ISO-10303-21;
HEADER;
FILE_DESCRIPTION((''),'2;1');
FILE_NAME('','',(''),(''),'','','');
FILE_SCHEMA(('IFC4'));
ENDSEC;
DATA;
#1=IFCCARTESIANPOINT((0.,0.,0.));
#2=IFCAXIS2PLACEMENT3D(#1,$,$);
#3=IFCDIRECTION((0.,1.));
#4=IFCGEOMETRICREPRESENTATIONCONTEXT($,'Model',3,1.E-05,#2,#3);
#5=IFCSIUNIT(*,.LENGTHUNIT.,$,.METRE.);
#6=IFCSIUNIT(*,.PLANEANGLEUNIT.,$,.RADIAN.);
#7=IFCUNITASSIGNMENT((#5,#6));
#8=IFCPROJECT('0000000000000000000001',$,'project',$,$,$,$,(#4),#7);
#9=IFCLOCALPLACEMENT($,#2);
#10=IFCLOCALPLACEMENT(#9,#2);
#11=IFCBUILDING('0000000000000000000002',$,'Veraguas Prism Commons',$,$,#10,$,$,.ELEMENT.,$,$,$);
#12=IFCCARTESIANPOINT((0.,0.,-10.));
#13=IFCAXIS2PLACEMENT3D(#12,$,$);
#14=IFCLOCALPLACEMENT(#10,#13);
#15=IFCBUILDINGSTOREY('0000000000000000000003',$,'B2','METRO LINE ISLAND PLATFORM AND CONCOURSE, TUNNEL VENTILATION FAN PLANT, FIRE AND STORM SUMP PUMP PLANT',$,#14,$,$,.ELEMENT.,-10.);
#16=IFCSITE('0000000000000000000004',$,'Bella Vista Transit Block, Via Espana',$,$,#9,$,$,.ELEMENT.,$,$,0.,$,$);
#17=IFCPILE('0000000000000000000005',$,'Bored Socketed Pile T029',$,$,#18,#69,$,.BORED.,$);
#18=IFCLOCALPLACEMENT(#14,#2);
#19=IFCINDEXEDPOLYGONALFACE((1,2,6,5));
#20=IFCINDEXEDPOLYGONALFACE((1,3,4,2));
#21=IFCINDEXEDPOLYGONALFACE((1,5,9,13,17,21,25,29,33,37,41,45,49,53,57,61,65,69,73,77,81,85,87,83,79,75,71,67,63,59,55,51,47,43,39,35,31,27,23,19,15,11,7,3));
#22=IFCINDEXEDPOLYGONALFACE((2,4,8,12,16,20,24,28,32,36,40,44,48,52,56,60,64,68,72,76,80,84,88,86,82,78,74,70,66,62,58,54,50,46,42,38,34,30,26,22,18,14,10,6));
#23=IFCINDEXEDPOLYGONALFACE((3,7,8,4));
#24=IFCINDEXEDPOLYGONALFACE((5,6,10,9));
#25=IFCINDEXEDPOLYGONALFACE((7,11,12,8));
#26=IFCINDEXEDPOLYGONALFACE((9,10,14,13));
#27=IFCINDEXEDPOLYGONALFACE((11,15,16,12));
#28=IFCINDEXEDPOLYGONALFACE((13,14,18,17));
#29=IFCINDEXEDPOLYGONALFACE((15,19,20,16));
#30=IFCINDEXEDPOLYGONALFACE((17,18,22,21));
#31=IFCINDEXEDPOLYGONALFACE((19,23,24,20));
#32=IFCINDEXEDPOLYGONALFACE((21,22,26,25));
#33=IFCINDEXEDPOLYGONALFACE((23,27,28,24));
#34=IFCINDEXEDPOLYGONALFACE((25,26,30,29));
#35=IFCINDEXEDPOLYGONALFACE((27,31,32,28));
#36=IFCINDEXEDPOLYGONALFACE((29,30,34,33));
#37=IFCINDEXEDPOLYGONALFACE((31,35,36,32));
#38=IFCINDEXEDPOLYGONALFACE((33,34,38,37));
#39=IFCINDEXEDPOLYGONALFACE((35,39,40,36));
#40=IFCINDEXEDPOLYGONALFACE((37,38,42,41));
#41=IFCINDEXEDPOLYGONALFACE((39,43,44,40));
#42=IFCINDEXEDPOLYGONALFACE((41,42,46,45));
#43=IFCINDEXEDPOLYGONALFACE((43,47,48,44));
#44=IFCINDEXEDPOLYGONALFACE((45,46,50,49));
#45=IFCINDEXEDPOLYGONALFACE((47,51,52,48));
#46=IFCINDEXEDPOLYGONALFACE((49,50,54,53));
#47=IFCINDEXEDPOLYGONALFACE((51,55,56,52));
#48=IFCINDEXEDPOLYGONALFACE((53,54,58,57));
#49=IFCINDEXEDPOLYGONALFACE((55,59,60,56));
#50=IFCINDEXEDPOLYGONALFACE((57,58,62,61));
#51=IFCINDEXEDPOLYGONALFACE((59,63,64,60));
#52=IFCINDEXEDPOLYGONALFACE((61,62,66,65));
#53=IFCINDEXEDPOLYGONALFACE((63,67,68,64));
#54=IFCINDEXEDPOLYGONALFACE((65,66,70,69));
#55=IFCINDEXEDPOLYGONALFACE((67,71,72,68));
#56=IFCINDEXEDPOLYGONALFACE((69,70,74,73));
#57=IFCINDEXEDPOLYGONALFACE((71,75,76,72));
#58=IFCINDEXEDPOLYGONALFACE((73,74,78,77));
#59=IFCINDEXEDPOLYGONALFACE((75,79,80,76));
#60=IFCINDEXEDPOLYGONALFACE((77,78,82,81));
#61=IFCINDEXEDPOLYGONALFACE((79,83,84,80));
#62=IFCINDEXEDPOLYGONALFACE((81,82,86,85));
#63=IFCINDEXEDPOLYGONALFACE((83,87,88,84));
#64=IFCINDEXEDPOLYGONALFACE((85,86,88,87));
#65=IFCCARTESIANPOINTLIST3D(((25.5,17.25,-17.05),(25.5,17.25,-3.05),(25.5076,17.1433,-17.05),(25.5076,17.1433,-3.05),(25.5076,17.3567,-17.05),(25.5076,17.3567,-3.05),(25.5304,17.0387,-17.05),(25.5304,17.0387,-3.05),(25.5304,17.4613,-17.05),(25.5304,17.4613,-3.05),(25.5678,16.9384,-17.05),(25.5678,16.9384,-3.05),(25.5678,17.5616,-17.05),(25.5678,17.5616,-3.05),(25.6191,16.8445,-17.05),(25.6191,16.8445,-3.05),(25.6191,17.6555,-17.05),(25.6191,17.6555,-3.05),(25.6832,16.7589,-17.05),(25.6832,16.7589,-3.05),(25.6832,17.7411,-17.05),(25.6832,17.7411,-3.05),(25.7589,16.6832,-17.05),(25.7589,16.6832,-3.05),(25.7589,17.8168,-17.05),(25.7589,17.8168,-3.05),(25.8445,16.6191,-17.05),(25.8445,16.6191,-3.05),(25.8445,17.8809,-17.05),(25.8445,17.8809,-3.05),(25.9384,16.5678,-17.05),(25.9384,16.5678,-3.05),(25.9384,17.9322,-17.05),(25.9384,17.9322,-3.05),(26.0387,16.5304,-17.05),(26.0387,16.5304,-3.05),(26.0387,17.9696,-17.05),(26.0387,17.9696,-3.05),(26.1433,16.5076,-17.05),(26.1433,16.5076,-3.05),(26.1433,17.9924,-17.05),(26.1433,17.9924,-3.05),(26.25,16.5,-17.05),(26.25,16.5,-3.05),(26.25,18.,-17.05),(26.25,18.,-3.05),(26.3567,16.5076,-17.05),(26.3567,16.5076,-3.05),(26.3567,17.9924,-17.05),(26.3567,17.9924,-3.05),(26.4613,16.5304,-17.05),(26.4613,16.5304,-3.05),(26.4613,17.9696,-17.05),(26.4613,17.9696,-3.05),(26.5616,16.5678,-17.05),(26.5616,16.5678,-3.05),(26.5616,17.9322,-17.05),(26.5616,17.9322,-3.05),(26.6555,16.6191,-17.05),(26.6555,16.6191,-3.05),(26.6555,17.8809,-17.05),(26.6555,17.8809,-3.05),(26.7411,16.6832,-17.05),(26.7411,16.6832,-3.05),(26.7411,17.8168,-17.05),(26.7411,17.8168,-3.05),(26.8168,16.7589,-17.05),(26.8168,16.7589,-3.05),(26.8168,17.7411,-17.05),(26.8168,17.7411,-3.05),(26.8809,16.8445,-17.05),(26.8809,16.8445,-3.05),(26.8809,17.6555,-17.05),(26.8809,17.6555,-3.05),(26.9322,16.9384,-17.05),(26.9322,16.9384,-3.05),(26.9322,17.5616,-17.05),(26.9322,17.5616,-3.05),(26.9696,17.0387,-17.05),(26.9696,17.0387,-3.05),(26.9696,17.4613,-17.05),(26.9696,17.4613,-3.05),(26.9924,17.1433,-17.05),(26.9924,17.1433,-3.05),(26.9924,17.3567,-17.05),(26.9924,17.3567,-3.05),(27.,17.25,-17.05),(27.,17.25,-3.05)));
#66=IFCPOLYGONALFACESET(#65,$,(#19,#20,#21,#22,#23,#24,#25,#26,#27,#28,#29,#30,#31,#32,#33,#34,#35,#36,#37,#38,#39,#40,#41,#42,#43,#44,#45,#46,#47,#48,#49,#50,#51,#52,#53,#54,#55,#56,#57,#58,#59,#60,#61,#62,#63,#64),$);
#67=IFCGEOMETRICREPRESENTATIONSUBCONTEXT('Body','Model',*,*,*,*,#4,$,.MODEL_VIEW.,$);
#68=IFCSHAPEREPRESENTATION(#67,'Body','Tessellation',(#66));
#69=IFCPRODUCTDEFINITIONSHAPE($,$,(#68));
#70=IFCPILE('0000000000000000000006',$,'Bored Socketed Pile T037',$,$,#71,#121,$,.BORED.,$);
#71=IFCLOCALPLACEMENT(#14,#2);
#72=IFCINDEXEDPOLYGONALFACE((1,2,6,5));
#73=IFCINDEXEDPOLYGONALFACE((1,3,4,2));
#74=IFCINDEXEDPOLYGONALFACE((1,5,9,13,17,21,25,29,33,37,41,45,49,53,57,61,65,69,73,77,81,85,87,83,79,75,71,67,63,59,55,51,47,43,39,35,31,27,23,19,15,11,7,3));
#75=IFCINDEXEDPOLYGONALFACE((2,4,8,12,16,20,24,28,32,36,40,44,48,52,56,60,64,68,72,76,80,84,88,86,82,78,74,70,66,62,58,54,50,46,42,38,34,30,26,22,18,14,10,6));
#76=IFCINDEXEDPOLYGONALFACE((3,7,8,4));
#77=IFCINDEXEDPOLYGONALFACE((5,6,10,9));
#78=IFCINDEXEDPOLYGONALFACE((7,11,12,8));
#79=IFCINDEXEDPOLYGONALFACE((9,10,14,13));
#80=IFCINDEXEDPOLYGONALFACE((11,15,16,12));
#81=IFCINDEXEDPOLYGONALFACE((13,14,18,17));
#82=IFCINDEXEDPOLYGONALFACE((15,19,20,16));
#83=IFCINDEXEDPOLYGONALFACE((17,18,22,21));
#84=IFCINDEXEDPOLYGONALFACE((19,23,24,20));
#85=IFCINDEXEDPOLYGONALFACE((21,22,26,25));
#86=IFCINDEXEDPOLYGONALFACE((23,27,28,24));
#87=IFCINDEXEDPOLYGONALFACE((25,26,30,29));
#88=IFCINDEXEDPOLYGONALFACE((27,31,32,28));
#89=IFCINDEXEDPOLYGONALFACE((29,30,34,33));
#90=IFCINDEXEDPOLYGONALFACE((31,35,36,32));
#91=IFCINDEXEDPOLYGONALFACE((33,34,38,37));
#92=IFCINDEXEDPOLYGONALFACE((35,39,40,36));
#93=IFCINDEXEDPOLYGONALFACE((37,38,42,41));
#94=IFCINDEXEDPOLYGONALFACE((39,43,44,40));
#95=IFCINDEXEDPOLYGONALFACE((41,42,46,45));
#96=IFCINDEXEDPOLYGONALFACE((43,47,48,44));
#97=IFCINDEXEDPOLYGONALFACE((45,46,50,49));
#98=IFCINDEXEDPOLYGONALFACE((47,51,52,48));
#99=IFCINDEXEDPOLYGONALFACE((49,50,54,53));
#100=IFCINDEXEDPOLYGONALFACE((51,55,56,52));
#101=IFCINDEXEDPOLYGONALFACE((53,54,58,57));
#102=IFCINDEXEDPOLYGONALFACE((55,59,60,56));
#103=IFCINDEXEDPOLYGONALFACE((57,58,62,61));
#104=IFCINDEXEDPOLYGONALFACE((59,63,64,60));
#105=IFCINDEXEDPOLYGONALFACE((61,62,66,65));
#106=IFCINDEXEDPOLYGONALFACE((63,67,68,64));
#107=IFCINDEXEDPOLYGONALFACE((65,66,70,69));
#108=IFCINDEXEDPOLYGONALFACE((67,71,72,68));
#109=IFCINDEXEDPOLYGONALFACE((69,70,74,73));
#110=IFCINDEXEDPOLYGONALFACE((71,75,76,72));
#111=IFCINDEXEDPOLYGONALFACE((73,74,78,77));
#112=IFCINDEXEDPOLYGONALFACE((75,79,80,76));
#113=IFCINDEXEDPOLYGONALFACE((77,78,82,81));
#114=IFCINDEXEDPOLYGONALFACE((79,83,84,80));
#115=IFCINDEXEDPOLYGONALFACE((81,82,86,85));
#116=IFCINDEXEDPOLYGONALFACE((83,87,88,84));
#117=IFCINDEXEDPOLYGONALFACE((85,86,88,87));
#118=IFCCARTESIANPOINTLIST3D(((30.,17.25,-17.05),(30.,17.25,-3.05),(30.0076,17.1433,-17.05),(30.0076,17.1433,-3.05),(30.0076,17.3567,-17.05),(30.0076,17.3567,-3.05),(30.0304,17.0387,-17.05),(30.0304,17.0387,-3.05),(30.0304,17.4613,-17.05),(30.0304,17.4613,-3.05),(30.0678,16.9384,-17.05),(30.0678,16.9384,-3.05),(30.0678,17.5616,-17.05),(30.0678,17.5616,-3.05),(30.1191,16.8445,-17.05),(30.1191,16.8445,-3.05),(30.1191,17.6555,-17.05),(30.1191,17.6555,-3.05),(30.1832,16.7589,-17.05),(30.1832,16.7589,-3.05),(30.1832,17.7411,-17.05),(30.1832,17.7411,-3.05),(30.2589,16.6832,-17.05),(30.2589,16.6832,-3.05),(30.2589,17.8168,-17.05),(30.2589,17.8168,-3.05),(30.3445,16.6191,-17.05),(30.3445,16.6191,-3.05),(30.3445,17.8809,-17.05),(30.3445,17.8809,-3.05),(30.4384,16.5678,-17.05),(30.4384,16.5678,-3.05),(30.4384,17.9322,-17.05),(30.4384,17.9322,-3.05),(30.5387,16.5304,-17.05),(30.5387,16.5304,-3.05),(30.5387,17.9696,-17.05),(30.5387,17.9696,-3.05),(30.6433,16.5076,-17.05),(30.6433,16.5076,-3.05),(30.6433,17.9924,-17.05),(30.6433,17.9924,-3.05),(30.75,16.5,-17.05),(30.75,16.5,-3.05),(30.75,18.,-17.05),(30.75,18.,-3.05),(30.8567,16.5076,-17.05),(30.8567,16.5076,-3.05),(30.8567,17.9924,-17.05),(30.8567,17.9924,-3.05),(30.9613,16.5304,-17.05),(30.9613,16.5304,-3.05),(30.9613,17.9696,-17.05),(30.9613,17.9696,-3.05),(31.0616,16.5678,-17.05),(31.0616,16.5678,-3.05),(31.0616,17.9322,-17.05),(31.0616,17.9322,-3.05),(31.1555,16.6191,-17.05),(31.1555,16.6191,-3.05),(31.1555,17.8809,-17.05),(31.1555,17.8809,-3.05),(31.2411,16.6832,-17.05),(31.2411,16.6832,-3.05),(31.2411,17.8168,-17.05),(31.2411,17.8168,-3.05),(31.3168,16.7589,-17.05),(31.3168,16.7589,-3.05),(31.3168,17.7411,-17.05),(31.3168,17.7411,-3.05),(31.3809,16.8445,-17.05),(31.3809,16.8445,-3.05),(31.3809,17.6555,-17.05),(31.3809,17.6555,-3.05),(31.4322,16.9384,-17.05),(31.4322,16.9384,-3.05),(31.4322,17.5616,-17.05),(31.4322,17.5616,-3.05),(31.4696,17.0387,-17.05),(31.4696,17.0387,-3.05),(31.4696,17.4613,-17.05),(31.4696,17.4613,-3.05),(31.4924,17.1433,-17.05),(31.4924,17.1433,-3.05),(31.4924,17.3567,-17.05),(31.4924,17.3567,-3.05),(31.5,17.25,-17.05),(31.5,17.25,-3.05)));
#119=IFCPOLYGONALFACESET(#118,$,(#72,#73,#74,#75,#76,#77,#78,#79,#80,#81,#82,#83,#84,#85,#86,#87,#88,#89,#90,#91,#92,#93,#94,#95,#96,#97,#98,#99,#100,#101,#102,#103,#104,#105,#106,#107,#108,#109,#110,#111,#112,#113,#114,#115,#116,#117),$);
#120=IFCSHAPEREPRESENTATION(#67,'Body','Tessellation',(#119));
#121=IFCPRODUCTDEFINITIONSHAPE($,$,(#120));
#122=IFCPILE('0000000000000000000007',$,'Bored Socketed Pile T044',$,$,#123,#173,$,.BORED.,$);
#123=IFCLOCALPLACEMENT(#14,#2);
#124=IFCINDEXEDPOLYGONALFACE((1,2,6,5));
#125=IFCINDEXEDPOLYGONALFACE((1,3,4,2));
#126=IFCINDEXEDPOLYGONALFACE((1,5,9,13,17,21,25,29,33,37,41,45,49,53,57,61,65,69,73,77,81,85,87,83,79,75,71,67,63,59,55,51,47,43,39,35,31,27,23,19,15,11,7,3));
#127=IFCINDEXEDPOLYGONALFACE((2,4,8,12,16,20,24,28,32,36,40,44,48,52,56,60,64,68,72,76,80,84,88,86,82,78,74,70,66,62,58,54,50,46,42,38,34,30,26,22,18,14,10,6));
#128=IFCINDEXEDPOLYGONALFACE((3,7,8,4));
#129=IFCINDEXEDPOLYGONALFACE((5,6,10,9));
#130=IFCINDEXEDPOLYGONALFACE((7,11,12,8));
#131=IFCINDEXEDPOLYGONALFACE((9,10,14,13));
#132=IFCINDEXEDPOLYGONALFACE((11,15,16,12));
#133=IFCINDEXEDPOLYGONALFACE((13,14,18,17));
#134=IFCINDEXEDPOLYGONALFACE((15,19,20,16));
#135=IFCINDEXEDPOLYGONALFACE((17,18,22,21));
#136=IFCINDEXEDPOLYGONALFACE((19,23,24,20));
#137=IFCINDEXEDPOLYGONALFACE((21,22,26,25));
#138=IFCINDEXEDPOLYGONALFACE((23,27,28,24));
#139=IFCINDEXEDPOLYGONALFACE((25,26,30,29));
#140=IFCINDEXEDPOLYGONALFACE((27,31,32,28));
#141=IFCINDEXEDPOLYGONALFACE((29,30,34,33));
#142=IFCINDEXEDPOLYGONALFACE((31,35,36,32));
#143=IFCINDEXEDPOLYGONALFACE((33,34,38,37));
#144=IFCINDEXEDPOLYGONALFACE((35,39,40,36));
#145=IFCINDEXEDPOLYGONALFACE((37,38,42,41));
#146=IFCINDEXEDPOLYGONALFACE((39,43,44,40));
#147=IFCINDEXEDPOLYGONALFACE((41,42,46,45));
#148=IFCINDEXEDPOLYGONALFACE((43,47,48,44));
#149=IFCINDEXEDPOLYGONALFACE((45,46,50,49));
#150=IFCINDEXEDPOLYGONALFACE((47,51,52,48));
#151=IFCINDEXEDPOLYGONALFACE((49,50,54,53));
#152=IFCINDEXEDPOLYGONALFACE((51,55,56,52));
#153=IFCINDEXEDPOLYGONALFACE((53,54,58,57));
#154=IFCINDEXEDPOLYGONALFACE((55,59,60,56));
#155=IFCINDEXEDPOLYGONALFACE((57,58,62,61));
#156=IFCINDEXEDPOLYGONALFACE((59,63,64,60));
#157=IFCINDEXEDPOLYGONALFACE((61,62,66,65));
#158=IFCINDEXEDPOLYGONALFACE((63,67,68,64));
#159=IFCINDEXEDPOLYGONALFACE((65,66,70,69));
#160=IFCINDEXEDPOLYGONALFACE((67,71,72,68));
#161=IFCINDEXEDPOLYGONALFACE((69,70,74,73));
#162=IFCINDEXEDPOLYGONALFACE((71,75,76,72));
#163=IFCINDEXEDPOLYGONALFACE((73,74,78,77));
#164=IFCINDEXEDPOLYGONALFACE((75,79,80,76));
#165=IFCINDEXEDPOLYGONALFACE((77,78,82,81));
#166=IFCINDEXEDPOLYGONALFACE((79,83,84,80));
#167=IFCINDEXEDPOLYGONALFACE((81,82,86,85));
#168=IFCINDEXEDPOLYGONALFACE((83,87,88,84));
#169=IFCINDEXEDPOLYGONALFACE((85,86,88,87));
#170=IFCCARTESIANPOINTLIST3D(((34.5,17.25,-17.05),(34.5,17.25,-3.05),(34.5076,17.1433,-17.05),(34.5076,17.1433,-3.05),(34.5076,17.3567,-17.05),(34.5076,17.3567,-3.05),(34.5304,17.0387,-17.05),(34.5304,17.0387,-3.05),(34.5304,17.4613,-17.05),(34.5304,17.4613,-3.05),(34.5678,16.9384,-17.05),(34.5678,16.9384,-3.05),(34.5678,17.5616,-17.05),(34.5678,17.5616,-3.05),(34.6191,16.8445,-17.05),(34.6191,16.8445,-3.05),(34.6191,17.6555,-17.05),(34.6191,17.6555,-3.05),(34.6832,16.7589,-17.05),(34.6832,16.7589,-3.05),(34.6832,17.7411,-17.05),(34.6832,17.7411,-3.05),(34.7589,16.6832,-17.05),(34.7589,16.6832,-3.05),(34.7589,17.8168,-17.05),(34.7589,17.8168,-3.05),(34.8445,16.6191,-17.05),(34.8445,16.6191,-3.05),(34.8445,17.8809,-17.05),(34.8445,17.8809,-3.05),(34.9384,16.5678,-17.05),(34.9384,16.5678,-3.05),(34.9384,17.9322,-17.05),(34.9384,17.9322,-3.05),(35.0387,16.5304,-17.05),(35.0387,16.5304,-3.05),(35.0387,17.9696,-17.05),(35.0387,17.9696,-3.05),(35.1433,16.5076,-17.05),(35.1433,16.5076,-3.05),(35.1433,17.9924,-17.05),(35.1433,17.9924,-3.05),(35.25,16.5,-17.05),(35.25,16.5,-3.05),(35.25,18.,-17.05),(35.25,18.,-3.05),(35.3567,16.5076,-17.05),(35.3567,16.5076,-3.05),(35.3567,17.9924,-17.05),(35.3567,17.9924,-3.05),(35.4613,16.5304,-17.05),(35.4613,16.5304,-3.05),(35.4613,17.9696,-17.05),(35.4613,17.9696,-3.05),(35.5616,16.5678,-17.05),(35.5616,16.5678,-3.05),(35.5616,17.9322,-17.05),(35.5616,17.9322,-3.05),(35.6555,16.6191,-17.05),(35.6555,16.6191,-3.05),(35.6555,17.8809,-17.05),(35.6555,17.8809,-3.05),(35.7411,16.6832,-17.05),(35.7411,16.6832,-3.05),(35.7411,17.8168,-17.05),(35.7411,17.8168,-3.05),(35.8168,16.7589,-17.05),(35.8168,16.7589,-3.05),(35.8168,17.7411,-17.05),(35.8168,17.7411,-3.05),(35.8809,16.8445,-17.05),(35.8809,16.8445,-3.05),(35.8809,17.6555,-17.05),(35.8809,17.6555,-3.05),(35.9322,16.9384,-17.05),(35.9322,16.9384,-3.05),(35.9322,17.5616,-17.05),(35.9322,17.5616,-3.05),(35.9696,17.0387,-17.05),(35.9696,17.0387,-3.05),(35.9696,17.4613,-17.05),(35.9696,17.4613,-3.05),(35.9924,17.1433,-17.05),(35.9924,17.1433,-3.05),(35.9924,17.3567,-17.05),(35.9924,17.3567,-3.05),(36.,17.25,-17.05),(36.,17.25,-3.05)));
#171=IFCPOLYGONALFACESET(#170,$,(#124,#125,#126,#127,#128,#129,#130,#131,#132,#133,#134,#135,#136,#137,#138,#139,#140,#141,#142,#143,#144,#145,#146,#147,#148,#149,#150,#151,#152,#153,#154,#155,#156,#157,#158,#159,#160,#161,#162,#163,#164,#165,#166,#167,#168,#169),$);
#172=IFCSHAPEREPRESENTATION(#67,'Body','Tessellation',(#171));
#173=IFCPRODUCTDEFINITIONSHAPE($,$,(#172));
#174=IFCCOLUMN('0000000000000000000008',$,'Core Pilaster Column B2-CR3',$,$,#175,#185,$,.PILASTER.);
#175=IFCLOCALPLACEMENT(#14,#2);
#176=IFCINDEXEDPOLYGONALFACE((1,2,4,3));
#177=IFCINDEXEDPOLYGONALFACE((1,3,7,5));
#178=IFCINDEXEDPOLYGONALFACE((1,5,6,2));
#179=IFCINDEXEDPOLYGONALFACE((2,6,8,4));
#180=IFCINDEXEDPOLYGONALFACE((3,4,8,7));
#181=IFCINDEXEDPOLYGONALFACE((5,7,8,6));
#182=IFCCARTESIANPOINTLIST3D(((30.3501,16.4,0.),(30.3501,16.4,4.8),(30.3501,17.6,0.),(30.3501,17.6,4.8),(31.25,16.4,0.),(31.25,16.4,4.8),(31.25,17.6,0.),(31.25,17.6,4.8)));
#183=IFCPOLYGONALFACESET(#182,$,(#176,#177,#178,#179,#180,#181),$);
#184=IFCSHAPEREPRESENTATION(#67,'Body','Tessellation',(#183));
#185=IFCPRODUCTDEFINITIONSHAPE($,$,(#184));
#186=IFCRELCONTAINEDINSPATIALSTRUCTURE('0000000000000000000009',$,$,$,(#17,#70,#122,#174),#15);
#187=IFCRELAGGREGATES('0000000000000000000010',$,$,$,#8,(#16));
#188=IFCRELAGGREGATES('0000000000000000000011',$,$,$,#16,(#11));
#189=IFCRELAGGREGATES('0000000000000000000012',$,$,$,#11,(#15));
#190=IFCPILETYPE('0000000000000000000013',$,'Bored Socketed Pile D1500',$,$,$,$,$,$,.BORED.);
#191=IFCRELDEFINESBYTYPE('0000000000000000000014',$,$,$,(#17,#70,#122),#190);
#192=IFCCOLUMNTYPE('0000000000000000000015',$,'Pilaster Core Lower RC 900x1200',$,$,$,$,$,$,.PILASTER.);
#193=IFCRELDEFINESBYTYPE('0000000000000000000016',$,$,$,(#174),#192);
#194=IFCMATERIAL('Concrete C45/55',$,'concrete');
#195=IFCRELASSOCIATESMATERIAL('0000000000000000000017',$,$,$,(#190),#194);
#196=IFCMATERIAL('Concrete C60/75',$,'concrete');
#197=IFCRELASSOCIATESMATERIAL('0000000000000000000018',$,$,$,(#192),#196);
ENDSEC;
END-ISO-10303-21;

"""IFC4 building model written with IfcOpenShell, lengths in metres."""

from ifc_helpers import new_model, si_unit, direction, frame, origin, origin_2d, place, context, subcontext, project, spatial, rectangle, circle, extrude, source, transform, mapped, material, material_profile, profile_set, type_object, element, save


model = new_model("IFC4")

# Units and contexts
model_context = context("Model", 3, precision=1e-05, world=origin(), true_north=direction((0.0, 1.0)))
body_context = subcontext(model_context, "Body", "Model", "MODEL_VIEW")
ifc_project = project(units=[si_unit("LENGTHUNIT", "METRE"), si_unit("PLANEANGLEUNIT", "RADIAN")], contexts=[model_context])

# Site, building, storey
site_placement = place(None, origin())
site = spatial("IfcSite", under=ifc_project, at=site_placement, Name="Bella Vista Transit Block, Via Espana", CompositionType="ELEMENT", RefElevation=0.0)
building_placement = place(site_placement, origin())
building = spatial("IfcBuilding", under=site, at=building_placement, Name="Veraguas Prism Commons", CompositionType="ELEMENT")
storey_placement = place(building_placement, frame((0.0, 0.0, -10.0)))
storey = spatial("IfcBuildingStorey", under=building, at=storey_placement, Name="B2", Description="METRO LINE ISLAND PLATFORM AND CONCOURSE, TUNNEL VENTILATION FAN PLANT, FIRE AND STORM SUMP PUMP PLANT", CompositionType="ELEMENT", Elevation=-10.0)

# Piles
ifc_material_1 = material(Name="Concrete C45/55", Category="concrete")
ifc_material_profile_1 = material_profile(ifc_material_1, circle(Radius=0.75, at=origin_2d()), Name="PILE1500")
ifc_profile_set_1 = profile_set([ifc_material_profile_1], Name="Concrete C45/55")
pile_type = type_object("IfcPileType", Name="Bored Socketed Pile D1500", PredefinedType="BORED", material=ifc_profile_set_1)
shared_shape_1 = source(origin(), body_context, "Body", "SweptSolid", [
    extrude(circle(Radius=0.75, at=origin_2d()), origin(), (0.0, 0.0, 1.0), 14.0),
])
for number, where, z_axis, x_axis, name in (
    (1, (26.25, 17.25, -3.05), (0.0, 0.0, -1.0), (1.0, 0.0, 0.0), "Bored Socketed Pile T029"),
    (2, (30.75, 17.25, -3.05), (0.0, 0.0, -1.0), (1.0, 0.0, 0.0), "Bored Socketed Pile T037"),
    (3, (35.25, 17.25, -3.05), (0.0, 0.0, -1.0), (1.0, 0.0, 0.0), "Bored Socketed Pile T044"),
):
    element("IfcPile", number, at=place(storey_placement, frame(where, z_axis=z_axis, x_axis=x_axis)), inside=storey, type_object=pile_type, Name=name, PredefinedType="BORED", context=body_context, shape_type="MappedRepresentation", body=[
        mapped(shared_shape_1, transform((0.0, 0.0, 0.0), scale=1.0)),
    ])

# Column
ifc_material_2 = material(Name="Concrete C60/75", Category="concrete")
ifc_material_profile_2 = material_profile(ifc_material_2, rectangle(XDim=0.8999, YDim=1.2, at=origin_2d()), Name="RC900X1200")
ifc_profile_set_2 = profile_set([ifc_material_profile_2], Name="Concrete C60/75")
column_type = type_object("IfcColumnType", Name="Pilaster Core Lower RC 900x1200", PredefinedType="PILASTER", material=ifc_profile_set_2)
column_placement = place(storey_placement, frame((30.8, 17.0, 0.0), z_axis=(0.0, 0.0, 1.0), x_axis=(1.0, 0.0, 0.0)))
element("IfcColumn", 4, at=column_placement, inside=storey, type_object=column_type, Name="Core Pilaster Column B2-CR3", PredefinedType="PILASTER", context=body_context, shape_type="SweptSolid", body=[
    extrude(rectangle(XDim=0.8999, YDim=1.2, at=origin_2d()), origin(), (0.0, 0.0, 1.0), 4.8),
])

save(model, "model.ifc")
